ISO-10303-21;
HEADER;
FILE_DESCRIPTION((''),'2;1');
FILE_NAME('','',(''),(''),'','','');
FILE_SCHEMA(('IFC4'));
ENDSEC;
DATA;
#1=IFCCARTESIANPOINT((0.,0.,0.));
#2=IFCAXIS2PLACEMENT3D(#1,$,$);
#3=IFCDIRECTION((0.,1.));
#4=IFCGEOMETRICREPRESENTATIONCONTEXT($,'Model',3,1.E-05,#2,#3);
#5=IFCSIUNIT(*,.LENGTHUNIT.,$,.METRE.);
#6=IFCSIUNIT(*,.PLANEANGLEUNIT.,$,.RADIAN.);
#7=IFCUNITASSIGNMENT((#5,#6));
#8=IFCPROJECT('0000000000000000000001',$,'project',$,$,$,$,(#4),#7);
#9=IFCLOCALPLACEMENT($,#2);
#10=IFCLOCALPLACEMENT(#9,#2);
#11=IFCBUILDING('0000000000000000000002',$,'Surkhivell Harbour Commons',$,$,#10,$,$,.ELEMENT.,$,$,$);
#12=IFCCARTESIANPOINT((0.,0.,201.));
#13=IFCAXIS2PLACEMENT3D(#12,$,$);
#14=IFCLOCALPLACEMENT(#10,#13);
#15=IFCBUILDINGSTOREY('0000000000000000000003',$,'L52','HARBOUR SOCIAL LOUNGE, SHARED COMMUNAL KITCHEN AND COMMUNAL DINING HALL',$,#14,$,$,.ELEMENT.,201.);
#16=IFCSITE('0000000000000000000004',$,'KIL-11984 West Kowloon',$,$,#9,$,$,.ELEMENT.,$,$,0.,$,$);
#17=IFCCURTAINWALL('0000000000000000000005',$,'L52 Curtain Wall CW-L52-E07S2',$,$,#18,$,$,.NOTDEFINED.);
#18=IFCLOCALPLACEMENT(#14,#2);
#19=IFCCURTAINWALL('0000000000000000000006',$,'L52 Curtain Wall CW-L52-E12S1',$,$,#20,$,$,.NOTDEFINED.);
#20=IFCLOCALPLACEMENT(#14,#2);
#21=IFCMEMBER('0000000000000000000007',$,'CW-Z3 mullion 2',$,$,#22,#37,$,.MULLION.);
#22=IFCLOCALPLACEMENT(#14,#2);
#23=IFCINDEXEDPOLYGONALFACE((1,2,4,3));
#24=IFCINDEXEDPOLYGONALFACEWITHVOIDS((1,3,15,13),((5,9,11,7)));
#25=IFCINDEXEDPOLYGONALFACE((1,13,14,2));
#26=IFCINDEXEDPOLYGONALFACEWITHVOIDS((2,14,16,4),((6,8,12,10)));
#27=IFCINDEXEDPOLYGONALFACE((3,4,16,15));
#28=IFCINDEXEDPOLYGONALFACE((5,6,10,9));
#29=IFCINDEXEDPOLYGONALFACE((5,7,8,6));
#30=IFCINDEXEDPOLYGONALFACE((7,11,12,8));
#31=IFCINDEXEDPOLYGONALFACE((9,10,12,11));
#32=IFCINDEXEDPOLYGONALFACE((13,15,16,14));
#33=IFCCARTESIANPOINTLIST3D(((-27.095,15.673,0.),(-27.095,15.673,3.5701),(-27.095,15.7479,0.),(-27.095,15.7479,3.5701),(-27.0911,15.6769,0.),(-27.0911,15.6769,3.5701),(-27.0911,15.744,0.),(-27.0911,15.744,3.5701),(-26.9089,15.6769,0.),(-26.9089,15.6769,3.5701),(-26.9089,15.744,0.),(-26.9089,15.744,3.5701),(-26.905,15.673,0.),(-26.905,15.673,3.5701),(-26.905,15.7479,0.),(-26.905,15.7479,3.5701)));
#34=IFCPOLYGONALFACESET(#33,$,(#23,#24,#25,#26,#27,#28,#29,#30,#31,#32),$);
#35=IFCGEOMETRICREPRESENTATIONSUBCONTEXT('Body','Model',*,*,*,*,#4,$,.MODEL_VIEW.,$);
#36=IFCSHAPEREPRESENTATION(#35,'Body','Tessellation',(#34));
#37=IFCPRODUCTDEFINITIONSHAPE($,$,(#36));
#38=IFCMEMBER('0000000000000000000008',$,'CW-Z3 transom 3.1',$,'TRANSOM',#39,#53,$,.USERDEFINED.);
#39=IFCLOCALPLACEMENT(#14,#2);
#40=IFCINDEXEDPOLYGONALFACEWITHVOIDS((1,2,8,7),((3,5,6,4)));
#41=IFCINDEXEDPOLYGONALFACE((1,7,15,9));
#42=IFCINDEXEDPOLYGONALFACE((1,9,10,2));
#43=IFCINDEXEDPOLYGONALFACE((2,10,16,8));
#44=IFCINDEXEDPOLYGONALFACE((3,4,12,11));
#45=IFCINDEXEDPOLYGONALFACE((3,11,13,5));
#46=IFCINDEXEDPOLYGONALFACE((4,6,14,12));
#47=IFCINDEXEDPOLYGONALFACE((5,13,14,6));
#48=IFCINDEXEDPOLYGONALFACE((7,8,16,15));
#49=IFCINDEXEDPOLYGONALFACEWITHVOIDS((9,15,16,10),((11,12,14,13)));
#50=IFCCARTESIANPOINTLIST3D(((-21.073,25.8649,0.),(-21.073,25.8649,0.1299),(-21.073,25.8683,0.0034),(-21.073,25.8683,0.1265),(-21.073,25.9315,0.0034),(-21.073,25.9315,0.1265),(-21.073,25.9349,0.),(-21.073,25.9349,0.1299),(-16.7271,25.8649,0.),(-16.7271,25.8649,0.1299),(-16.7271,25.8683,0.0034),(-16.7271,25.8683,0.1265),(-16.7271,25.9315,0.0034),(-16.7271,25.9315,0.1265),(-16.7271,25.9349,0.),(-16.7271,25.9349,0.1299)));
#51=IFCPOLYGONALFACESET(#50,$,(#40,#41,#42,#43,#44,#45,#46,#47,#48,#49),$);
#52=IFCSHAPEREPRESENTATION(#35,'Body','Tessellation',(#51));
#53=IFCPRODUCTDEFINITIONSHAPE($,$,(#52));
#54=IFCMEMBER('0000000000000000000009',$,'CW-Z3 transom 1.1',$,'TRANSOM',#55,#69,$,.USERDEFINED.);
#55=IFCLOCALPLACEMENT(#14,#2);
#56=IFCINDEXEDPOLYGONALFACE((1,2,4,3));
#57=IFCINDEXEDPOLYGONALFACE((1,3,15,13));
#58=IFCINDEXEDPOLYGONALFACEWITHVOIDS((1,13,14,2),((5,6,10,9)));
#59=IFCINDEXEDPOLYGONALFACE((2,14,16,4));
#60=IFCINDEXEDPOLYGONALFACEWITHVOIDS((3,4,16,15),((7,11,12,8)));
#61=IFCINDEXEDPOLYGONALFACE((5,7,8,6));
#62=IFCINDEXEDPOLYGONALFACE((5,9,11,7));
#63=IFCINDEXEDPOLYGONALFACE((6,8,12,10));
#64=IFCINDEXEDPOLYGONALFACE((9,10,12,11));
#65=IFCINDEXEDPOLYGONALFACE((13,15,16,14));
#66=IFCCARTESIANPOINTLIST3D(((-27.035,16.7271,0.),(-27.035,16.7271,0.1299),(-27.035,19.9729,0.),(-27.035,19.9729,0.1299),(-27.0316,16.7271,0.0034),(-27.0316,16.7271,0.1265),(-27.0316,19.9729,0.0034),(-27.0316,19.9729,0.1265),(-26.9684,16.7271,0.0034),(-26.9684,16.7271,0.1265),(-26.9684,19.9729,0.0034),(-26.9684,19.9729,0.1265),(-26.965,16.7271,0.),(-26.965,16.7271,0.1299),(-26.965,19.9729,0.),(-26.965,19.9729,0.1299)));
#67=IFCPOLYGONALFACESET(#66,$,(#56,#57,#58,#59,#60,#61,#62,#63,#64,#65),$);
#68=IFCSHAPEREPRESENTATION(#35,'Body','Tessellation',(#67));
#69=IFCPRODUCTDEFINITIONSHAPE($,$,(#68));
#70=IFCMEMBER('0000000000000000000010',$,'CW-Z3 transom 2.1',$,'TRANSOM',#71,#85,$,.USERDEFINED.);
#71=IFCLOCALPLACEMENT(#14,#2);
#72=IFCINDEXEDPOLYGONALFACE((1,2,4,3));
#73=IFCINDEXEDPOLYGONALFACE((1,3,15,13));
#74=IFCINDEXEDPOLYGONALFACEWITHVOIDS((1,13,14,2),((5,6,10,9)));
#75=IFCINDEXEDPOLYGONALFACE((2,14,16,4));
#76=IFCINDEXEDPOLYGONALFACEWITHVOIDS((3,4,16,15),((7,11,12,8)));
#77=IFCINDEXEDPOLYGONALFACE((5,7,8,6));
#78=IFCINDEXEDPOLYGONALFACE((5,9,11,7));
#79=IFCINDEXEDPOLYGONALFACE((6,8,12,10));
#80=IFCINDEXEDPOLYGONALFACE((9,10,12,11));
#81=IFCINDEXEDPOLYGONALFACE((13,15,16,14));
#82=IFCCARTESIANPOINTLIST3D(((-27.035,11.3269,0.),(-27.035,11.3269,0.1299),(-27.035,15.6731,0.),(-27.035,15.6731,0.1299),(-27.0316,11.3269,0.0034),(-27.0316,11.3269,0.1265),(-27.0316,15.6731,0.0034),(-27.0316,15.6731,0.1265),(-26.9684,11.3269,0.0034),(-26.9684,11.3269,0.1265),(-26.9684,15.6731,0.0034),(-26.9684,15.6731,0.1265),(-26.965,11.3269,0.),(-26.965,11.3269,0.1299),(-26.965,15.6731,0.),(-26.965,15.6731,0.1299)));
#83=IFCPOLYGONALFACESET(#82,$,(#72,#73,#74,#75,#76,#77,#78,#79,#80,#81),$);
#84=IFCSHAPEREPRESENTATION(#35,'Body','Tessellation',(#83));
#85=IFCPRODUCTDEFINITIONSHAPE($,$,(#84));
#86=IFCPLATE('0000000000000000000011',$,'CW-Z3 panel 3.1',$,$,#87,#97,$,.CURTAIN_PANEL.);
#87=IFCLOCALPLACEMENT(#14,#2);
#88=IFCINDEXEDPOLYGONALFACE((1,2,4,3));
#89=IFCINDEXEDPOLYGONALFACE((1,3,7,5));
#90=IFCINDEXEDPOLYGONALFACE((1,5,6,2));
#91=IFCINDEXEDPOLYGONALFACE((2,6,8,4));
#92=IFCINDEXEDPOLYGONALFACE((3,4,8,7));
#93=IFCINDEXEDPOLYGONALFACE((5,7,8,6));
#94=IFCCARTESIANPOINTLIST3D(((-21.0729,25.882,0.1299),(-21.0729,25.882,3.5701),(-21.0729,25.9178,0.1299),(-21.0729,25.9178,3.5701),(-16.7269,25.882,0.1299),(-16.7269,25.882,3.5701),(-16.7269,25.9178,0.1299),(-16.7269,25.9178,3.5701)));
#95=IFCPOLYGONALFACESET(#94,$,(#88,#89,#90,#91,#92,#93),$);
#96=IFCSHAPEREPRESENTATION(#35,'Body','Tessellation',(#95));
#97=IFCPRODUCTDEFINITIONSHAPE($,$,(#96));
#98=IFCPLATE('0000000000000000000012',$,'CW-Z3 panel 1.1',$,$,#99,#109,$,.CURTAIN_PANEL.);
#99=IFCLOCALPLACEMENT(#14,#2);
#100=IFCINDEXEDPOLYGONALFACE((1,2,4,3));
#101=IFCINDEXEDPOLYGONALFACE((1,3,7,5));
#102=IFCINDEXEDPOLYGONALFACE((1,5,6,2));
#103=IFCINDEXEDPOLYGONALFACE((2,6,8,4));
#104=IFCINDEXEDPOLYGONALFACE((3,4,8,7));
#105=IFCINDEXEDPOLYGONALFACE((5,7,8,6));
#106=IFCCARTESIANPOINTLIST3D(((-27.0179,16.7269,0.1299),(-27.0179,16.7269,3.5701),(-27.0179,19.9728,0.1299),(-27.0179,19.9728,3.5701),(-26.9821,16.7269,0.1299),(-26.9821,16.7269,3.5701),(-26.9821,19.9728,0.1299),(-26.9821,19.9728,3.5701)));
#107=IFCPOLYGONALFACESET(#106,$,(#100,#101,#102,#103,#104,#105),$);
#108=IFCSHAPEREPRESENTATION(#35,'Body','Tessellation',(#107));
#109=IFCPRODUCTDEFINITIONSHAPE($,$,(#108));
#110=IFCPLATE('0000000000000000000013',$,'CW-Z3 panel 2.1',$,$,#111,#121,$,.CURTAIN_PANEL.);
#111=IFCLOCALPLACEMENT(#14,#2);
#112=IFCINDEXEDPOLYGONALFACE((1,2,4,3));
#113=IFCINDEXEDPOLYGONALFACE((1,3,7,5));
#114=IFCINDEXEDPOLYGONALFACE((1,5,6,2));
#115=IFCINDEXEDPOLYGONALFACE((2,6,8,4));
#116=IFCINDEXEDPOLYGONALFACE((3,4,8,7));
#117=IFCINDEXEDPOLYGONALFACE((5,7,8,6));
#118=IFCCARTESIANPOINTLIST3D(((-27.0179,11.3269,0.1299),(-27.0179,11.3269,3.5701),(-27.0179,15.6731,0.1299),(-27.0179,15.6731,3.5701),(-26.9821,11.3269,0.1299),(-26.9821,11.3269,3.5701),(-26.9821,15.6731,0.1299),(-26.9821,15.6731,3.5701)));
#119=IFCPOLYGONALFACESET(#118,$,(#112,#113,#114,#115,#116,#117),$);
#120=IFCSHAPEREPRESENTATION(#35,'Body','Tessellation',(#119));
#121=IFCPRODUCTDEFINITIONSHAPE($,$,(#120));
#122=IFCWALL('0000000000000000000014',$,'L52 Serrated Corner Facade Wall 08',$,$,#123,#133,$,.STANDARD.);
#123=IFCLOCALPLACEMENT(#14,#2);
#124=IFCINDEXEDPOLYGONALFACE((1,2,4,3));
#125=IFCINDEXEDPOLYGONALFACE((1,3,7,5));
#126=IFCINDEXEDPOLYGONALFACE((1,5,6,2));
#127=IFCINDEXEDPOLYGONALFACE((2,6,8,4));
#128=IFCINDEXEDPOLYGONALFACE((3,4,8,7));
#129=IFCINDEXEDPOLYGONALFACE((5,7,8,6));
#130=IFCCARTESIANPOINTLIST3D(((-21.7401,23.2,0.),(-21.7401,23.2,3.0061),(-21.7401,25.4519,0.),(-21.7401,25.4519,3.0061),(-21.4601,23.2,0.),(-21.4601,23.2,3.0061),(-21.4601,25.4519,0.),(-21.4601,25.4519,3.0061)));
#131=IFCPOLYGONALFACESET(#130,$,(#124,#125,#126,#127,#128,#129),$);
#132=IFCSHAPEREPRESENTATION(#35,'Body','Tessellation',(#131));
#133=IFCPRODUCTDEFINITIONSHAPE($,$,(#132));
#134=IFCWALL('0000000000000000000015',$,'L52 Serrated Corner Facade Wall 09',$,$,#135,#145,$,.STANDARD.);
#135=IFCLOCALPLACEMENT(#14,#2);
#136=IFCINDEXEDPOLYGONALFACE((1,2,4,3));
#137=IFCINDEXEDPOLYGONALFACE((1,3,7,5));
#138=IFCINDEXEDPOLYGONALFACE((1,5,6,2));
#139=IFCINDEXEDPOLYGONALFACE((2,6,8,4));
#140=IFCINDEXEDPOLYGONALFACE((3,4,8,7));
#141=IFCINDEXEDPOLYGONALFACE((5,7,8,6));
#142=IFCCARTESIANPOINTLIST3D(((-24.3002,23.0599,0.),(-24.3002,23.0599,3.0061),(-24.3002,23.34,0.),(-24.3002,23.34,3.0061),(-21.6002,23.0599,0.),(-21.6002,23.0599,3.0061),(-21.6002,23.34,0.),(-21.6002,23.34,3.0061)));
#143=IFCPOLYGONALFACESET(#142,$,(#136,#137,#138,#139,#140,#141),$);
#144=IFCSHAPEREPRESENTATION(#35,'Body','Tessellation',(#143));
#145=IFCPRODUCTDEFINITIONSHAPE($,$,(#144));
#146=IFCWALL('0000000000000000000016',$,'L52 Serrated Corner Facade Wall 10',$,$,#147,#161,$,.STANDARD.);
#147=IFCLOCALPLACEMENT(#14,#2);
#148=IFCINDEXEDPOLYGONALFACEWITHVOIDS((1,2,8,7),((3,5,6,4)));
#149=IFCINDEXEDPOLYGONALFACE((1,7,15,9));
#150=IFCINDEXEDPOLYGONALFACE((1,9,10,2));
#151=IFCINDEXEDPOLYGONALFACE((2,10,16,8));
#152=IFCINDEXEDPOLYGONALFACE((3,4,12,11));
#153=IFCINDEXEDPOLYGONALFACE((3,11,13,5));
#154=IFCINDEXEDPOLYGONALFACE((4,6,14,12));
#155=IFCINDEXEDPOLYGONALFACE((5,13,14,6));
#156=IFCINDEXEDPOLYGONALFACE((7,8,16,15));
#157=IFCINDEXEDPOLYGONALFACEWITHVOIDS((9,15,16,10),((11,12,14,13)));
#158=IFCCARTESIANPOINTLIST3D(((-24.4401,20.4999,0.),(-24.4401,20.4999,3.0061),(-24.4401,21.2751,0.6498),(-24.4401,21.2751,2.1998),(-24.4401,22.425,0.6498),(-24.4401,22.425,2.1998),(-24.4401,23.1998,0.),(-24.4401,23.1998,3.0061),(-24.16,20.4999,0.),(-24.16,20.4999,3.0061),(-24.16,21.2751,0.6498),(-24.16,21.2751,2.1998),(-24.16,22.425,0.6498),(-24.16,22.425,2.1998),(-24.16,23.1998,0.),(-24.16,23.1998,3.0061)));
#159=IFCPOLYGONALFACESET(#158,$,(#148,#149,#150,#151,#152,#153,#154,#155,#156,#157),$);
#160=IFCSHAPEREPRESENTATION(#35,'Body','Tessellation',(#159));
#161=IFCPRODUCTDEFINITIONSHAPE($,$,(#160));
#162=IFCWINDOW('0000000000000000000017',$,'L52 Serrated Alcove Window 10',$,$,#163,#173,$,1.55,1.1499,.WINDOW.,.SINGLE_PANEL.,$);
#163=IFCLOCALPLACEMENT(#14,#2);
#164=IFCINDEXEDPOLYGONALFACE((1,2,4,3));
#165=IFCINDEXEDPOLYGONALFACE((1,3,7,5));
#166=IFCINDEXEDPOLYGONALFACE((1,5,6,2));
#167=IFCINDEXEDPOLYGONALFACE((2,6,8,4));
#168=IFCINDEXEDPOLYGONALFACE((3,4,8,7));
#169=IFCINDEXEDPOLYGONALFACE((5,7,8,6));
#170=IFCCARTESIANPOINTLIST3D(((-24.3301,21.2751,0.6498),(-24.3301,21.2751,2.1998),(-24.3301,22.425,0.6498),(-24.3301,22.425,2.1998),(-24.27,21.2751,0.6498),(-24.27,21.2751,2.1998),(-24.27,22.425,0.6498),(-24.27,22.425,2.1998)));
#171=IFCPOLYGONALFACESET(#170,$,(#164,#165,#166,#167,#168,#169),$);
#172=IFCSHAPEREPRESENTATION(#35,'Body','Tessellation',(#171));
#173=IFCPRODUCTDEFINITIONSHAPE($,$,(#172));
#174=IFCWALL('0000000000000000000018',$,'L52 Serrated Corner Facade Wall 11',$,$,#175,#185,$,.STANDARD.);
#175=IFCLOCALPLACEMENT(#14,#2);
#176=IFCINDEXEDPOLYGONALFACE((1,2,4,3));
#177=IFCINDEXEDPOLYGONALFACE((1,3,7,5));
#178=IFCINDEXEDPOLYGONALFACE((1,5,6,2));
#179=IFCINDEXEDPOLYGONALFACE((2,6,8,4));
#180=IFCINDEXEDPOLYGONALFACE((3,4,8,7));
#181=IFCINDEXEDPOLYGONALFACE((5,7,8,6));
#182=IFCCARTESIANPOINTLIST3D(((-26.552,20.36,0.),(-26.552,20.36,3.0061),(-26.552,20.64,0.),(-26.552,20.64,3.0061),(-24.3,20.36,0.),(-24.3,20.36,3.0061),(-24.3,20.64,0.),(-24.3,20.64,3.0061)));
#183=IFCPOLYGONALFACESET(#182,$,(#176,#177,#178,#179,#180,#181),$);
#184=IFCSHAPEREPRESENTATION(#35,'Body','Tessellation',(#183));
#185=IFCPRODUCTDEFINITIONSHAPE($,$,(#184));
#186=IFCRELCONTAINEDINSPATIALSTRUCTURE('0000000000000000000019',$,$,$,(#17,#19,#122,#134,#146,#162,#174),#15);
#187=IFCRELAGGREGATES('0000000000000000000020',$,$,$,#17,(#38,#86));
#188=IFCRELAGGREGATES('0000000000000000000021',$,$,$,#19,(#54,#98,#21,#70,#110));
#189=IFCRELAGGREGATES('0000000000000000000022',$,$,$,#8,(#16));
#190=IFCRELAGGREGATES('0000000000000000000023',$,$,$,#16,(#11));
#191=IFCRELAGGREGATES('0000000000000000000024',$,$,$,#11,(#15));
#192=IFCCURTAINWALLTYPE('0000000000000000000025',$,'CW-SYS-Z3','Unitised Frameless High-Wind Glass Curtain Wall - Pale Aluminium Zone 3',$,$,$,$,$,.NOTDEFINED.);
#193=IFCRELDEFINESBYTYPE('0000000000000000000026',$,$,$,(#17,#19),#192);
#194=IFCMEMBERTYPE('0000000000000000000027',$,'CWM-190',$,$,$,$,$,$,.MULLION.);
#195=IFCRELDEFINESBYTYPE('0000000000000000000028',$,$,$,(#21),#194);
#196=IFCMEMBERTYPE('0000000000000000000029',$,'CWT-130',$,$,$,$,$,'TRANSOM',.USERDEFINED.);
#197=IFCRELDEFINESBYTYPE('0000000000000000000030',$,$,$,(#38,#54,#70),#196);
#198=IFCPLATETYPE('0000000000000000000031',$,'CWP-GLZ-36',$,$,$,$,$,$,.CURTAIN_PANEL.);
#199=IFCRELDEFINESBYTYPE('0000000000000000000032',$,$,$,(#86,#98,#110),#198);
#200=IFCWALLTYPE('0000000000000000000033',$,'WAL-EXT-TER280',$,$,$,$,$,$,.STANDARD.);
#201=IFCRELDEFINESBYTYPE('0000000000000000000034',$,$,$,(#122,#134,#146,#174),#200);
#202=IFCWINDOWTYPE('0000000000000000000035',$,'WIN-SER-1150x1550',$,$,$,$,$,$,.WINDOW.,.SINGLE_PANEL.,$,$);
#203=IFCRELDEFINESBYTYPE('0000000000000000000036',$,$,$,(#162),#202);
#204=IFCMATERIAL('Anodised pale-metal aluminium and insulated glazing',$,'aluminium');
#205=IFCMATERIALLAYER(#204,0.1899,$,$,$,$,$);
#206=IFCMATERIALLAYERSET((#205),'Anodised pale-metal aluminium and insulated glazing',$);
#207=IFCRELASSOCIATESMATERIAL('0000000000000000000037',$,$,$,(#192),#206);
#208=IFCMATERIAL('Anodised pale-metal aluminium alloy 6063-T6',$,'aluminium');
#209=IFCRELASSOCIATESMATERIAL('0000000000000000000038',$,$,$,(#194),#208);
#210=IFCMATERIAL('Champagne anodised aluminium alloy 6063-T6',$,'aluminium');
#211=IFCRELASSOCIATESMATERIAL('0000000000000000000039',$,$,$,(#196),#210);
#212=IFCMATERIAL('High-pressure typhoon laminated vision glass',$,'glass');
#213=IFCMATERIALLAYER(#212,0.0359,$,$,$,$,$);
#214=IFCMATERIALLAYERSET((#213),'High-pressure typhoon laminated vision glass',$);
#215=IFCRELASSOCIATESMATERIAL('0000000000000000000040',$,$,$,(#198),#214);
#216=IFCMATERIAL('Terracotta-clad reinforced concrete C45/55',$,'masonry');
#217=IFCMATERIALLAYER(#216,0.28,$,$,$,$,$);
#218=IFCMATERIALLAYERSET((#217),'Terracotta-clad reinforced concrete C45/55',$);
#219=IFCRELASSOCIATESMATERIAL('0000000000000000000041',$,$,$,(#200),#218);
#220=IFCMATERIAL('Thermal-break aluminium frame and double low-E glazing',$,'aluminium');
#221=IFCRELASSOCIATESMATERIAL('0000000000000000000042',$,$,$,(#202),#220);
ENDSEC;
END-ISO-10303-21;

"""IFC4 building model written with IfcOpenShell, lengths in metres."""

from ifc_helpers import new_model, si_unit, direction, frame, frame_2d, origin, origin_2d, place, context, subcontext, project, spatial, rectangle, hollow_rectangle, extrude, material, layer, layer_set, material_profile, profile_set, type_object, element, fill, aggregate, save


model = new_model("IFC4")

# Units and contexts
model_context = context("Model", 3, precision=1e-05, world=origin(), true_north=direction((0.0, 1.0)))
body_context = subcontext(model_context, "Body", "Model", "MODEL_VIEW")
ifc_project = project(units=[si_unit("LENGTHUNIT", "METRE"), si_unit("PLANEANGLEUNIT", "RADIAN")], contexts=[model_context])

# Site, building, storey
site_placement = place(None, origin())
site = spatial("IfcSite", under=ifc_project, at=site_placement, Name="KIL-11984 West Kowloon", CompositionType="ELEMENT", RefElevation=0.0)
building_placement = place(site_placement, origin())
building = spatial("IfcBuilding", under=site, at=building_placement, Name="Surkhivell Harbour Commons", CompositionType="ELEMENT")
storey_placement = place(building_placement, frame((0.0, 0.0, 201.0)))
storey = spatial("IfcBuildingStorey", under=building, at=storey_placement, Name="L52", Description="HARBOUR SOCIAL LOUNGE, SHARED COMMUNAL KITCHEN AND COMMUNAL DINING HALL", CompositionType="ELEMENT", Elevation=201.0)

# Curtain walls, member
ifc_material_1 = material(Name="Anodised pale-metal aluminium and insulated glazing", Category="aluminium")
ifc_layer_1 = layer(ifc_material_1, 0.1899)
ifc_layer_set_1 = layer_set([ifc_layer_1], Name="Anodised pale-metal aluminium and insulated glazing")
curtain_wall_type = type_object("IfcCurtainWallType", Name="CW-SYS-Z3", Description="Unitised Frameless High-Wind Glass Curtain Wall - Pale Aluminium Zone 3", PredefinedType="NOTDEFINED", material=ifc_layer_set_1)
curtain_wall_1_placement = place(storey_placement, origin())
curtain_wall_1 = element("IfcCurtainWall", 1, at=curtain_wall_1_placement, inside=storey, type_object=curtain_wall_type, Name="L52 Curtain Wall CW-L52-E07S2", PredefinedType="NOTDEFINED")
ifc_material_2 = material(Name="Anodised pale-metal aluminium alloy 6063-T6", Category="aluminium")
ifc_material_profile_1 = material_profile(ifc_material_2, hollow_rectangle(XDim=0.075, YDim=0.1899, WallThickness=0.0039, at=origin_2d()), Name="ALU-MULL-75x190")
ifc_profile_set_1 = profile_set([ifc_material_profile_1], Name="Anodised pale-metal aluminium alloy 6063-T6")
member_type_1 = type_object("IfcMemberType", Name="CWM-190", PredefinedType="MULLION", material=ifc_profile_set_1)
curtain_wall_2_placement = place(storey_placement, origin())
curtain_wall_2 = element("IfcCurtainWall", 2, at=curtain_wall_2_placement, inside=storey, type_object=curtain_wall_type, Name="L52 Curtain Wall CW-L52-E12S1", PredefinedType="NOTDEFINED")
member_1_placement = place(storey_placement, frame((-27.0, 15.7104, 0.0), z_axis=(0.0, 0.0, 1.0), x_axis=(0.0, -1.0, 0.0)))
member_1 = element("IfcMember", 3, at=member_1_placement, type_object=member_type_1, Name="CW-Z3 mullion 2", PredefinedType="MULLION", context=body_context, shape_type="SweptSolid", body=[
    extrude(hollow_rectangle(XDim=0.075, YDim=0.1899, WallThickness=0.0039, at=origin_2d()), origin(), (0.0, 0.0, 1.0), 3.5701),
])

# Members
ifc_material_3 = material(Name="Champagne anodised aluminium alloy 6063-T6", Category="aluminium")
ifc_material_profile_2 = material_profile(ifc_material_3, hollow_rectangle(XDim=0.0701, YDim=0.1299, WallThickness=0.0034, at=origin_2d()), Name="ALU-TRAN-70x130")
ifc_profile_set_2 = profile_set([ifc_material_profile_2], Name="Champagne anodised aluminium alloy 6063-T6")
member_type_2 = type_object("IfcMemberType", Name="CWT-130", ElementType="TRANSOM", PredefinedType="USERDEFINED", material=ifc_profile_set_2)
member_2_placement = place(storey_placement, frame((-16.7271, 25.8999, 0.0649), z_axis=(-1.0, 0.0, 0.0), x_axis=(0.0, -1.0, 0.0)))
member_2 = element("IfcMember", 4, at=member_2_placement, type_object=member_type_2, Name="CW-Z3 transom 3.1", ObjectType="TRANSOM", PredefinedType="USERDEFINED", context=body_context, shape_type="SweptSolid", body=[
    extrude(hollow_rectangle(XDim=0.0701, YDim=0.1299, WallThickness=0.0034, at=origin_2d()), origin(), (0.0, 0.0, 1.0), 4.3459),
])
member_3_placement = place(storey_placement, frame((-27.0, 19.9729, 0.0649), z_axis=(0.0, -1.0, 0.0), x_axis=(1.0, 0.0, 0.0)))
member_3 = element("IfcMember", 5, at=member_3_placement, type_object=member_type_2, Name="CW-Z3 transom 1.1", ObjectType="TRANSOM", PredefinedType="USERDEFINED", context=body_context, shape_type="SweptSolid", body=[
    extrude(hollow_rectangle(XDim=0.0701, YDim=0.1299, WallThickness=0.0034, at=origin_2d()), origin(), (0.0, 0.0, 1.0), 3.2458),
])
member_4_placement = place(storey_placement, frame((-27.0, 15.6731, 0.0649), z_axis=(0.0, -1.0, 0.0), x_axis=(1.0, 0.0, 0.0)))
member_4 = element("IfcMember", 6, at=member_4_placement, type_object=member_type_2, Name="CW-Z3 transom 2.1", ObjectType="TRANSOM", PredefinedType="USERDEFINED", context=body_context, shape_type="SweptSolid", body=[
    extrude(hollow_rectangle(XDim=0.0701, YDim=0.1299, WallThickness=0.0034, at=origin_2d()), origin(), (0.0, 0.0, 1.0), 4.3462),
])

# Plates
ifc_material_4 = material(Name="High-pressure typhoon laminated vision glass", Category="glass")
ifc_layer_2 = layer(ifc_material_4, 0.0359)
ifc_layer_set_2 = layer_set([ifc_layer_2], Name="High-pressure typhoon laminated vision glass")
plate_type = type_object("IfcPlateType", Name="CWP-GLZ-36", PredefinedType="CURTAIN_PANEL", material=ifc_layer_set_2)
plate_1_placement = place(storey_placement, frame((-16.7271, 25.8999, 0.1299), z_axis=(0.0, 0.0, 1.0), x_axis=(-1.0, 0.0, 0.0)))
plate_1 = element("IfcPlate", 7, at=plate_1_placement, type_object=plate_type, Name="CW-Z3 panel 3.1", PredefinedType="CURTAIN_PANEL", context=body_context, shape_type="SweptSolid", body=[
    extrude(rectangle(XDim=4.3459, YDim=0.0359, at=frame_2d((2.1729, 0.0))), origin(), (0.0, 0.0, 1.0), 3.4402),
])
aggregate(curtain_wall_1, [member_2, plate_1])
plate_2_placement = place(storey_placement, frame((-27.0, 19.9729, 0.1299), z_axis=(0.0, 0.0, 1.0), x_axis=(0.0, -1.0, 0.0)))
plate_2 = element("IfcPlate", 8, at=plate_2_placement, type_object=plate_type, Name="CW-Z3 panel 1.1", PredefinedType="CURTAIN_PANEL", context=body_context, shape_type="SweptSolid", body=[
    extrude(rectangle(XDim=3.2458, YDim=0.0359, at=frame_2d((1.623, 0.0))), origin(), (0.0, 0.0, 1.0), 3.4402),
])
plate_3_placement = place(storey_placement, frame((-27.0, 15.6731, 0.1299), z_axis=(0.0, 0.0, 1.0), x_axis=(0.0, -1.0, 0.0)))
plate_3 = element("IfcPlate", 9, at=plate_3_placement, type_object=plate_type, Name="CW-Z3 panel 2.1", PredefinedType="CURTAIN_PANEL", context=body_context, shape_type="SweptSolid", body=[
    extrude(rectangle(XDim=4.3462, YDim=0.0359, at=frame_2d((2.1731, 0.0))), origin(), (0.0, 0.0, 1.0), 3.4402),
])
aggregate(curtain_wall_2, [member_3, plate_2, member_1, member_4, plate_3])

# Walls
ifc_material_5 = material(Name="Terracotta-clad reinforced concrete C45/55", Category="masonry")
ifc_layer_3 = layer(ifc_material_5, 0.28)
ifc_layer_set_3 = layer_set([ifc_layer_3], Name="Terracotta-clad reinforced concrete C45/55")
wall_type = type_object("IfcWallType", Name="WAL-EXT-TER280", PredefinedType="STANDARD", material=ifc_layer_set_3)
wall_1_placement = place(storey_placement, frame((-21.6001, 25.4519, 0.0), z_axis=(0.0, 0.0, 1.0), x_axis=(0.0, -1.0, 0.0)))
element("IfcWall", 10, at=wall_1_placement, inside=storey, type_object=wall_type, Name="L52 Serrated Corner Facade Wall 08", PredefinedType="STANDARD", context=body_context, shape_type="SweptSolid", body=[
    extrude(rectangle(XDim=2.252, YDim=0.28, at=frame_2d((1.126, 0.0))), origin(), (0.0, 0.0, 1.0), 3.0061),
])
wall_2_placement = place(storey_placement, frame((-21.6001, 23.2, 0.0), z_axis=(0.0, 0.0, 1.0), x_axis=(-1.0, 0.0, 0.0)))
element("IfcWall", 11, at=wall_2_placement, inside=storey, type_object=wall_type, Name="L52 Serrated Corner Facade Wall 09", PredefinedType="STANDARD", context=body_context, shape_type="SweptSolid", body=[
    extrude(rectangle(XDim=2.7, YDim=0.28, at=frame_2d((1.3501, 0.0))), origin(), (0.0, 0.0, 1.0), 3.0061),
])

# Wall, opening, window
wall_3_placement = place(storey_placement, frame((-24.3, 23.2, 0.0), z_axis=(0.0, 0.0, 1.0), x_axis=(0.0, -1.0, 0.0)))
wall_3 = element("IfcWall", 12, at=wall_3_placement, inside=storey, type_object=wall_type, Name="L52 Serrated Corner Facade Wall 10", PredefinedType="STANDARD", context=body_context, shape_type="SweptSolid", body=[
    extrude(rectangle(XDim=2.7, YDim=0.28, at=frame_2d((1.3501, 0.0))), origin(), (0.0, 0.0, 1.0), 3.0061),
])
opening_placement = place(wall_3_placement, frame((0.7749, 0.0, 0.6499)))
opening = element("IfcOpeningElement", 13, at=opening_placement, cuts=wall_3, PredefinedType="OPENING", context=body_context, shape_type="SweptSolid", body=[
    extrude(rectangle(XDim=1.1499, YDim=1.55, at=frame_2d((0.575, 0.7749))), frame((0.0, 0.1499, 0.0), z_axis=(0.0, -1.0, 0.0), x_axis=(1.0, 0.0, 0.0)), (0.0, 0.0, 1.0), 0.3),
])
ifc_material_6 = material(Name="Thermal-break aluminium frame and double low-E glazing", Category="aluminium")
window_type = type_object("IfcWindowType", Name="WIN-SER-1150x1550", PartitioningType="SINGLE_PANEL", PredefinedType="WINDOW", material=ifc_material_6)
window_placement = place(opening_placement, origin())
window = element("IfcWindow", 14, at=window_placement, inside=storey, type_object=window_type, Name="L52 Serrated Alcove Window 10", OverallHeight=1.55, OverallWidth=1.1499, PartitioningType="SINGLE_PANEL", PredefinedType="WINDOW", context=body_context, shape_type="SweptSolid", body=[
    extrude(rectangle(XDim=1.1499, YDim=1.55, at=frame_2d((0.575, 0.7749))), frame((0.0, 0.03, 0.0), z_axis=(0.0, -1.0, 0.0), x_axis=(1.0, 0.0, 0.0)), (0.0, 0.0, 1.0), 0.0601),
])
fill(opening, window)

# Wall
wall_4_placement = place(storey_placement, frame((-24.3, 20.5, 0.0), z_axis=(0.0, 0.0, 1.0), x_axis=(-1.0, 0.0, 0.0)))
element("IfcWall", 15, at=wall_4_placement, inside=storey, type_object=wall_type, Name="L52 Serrated Corner Facade Wall 11", PredefinedType="STANDARD", context=body_context, shape_type="SweptSolid", body=[
    extrude(rectangle(XDim=2.252, YDim=0.28, at=frame_2d((1.126, 0.0))), origin(), (0.0, 0.0, 1.0), 3.0061),
])

save(model, "model.ifc")
